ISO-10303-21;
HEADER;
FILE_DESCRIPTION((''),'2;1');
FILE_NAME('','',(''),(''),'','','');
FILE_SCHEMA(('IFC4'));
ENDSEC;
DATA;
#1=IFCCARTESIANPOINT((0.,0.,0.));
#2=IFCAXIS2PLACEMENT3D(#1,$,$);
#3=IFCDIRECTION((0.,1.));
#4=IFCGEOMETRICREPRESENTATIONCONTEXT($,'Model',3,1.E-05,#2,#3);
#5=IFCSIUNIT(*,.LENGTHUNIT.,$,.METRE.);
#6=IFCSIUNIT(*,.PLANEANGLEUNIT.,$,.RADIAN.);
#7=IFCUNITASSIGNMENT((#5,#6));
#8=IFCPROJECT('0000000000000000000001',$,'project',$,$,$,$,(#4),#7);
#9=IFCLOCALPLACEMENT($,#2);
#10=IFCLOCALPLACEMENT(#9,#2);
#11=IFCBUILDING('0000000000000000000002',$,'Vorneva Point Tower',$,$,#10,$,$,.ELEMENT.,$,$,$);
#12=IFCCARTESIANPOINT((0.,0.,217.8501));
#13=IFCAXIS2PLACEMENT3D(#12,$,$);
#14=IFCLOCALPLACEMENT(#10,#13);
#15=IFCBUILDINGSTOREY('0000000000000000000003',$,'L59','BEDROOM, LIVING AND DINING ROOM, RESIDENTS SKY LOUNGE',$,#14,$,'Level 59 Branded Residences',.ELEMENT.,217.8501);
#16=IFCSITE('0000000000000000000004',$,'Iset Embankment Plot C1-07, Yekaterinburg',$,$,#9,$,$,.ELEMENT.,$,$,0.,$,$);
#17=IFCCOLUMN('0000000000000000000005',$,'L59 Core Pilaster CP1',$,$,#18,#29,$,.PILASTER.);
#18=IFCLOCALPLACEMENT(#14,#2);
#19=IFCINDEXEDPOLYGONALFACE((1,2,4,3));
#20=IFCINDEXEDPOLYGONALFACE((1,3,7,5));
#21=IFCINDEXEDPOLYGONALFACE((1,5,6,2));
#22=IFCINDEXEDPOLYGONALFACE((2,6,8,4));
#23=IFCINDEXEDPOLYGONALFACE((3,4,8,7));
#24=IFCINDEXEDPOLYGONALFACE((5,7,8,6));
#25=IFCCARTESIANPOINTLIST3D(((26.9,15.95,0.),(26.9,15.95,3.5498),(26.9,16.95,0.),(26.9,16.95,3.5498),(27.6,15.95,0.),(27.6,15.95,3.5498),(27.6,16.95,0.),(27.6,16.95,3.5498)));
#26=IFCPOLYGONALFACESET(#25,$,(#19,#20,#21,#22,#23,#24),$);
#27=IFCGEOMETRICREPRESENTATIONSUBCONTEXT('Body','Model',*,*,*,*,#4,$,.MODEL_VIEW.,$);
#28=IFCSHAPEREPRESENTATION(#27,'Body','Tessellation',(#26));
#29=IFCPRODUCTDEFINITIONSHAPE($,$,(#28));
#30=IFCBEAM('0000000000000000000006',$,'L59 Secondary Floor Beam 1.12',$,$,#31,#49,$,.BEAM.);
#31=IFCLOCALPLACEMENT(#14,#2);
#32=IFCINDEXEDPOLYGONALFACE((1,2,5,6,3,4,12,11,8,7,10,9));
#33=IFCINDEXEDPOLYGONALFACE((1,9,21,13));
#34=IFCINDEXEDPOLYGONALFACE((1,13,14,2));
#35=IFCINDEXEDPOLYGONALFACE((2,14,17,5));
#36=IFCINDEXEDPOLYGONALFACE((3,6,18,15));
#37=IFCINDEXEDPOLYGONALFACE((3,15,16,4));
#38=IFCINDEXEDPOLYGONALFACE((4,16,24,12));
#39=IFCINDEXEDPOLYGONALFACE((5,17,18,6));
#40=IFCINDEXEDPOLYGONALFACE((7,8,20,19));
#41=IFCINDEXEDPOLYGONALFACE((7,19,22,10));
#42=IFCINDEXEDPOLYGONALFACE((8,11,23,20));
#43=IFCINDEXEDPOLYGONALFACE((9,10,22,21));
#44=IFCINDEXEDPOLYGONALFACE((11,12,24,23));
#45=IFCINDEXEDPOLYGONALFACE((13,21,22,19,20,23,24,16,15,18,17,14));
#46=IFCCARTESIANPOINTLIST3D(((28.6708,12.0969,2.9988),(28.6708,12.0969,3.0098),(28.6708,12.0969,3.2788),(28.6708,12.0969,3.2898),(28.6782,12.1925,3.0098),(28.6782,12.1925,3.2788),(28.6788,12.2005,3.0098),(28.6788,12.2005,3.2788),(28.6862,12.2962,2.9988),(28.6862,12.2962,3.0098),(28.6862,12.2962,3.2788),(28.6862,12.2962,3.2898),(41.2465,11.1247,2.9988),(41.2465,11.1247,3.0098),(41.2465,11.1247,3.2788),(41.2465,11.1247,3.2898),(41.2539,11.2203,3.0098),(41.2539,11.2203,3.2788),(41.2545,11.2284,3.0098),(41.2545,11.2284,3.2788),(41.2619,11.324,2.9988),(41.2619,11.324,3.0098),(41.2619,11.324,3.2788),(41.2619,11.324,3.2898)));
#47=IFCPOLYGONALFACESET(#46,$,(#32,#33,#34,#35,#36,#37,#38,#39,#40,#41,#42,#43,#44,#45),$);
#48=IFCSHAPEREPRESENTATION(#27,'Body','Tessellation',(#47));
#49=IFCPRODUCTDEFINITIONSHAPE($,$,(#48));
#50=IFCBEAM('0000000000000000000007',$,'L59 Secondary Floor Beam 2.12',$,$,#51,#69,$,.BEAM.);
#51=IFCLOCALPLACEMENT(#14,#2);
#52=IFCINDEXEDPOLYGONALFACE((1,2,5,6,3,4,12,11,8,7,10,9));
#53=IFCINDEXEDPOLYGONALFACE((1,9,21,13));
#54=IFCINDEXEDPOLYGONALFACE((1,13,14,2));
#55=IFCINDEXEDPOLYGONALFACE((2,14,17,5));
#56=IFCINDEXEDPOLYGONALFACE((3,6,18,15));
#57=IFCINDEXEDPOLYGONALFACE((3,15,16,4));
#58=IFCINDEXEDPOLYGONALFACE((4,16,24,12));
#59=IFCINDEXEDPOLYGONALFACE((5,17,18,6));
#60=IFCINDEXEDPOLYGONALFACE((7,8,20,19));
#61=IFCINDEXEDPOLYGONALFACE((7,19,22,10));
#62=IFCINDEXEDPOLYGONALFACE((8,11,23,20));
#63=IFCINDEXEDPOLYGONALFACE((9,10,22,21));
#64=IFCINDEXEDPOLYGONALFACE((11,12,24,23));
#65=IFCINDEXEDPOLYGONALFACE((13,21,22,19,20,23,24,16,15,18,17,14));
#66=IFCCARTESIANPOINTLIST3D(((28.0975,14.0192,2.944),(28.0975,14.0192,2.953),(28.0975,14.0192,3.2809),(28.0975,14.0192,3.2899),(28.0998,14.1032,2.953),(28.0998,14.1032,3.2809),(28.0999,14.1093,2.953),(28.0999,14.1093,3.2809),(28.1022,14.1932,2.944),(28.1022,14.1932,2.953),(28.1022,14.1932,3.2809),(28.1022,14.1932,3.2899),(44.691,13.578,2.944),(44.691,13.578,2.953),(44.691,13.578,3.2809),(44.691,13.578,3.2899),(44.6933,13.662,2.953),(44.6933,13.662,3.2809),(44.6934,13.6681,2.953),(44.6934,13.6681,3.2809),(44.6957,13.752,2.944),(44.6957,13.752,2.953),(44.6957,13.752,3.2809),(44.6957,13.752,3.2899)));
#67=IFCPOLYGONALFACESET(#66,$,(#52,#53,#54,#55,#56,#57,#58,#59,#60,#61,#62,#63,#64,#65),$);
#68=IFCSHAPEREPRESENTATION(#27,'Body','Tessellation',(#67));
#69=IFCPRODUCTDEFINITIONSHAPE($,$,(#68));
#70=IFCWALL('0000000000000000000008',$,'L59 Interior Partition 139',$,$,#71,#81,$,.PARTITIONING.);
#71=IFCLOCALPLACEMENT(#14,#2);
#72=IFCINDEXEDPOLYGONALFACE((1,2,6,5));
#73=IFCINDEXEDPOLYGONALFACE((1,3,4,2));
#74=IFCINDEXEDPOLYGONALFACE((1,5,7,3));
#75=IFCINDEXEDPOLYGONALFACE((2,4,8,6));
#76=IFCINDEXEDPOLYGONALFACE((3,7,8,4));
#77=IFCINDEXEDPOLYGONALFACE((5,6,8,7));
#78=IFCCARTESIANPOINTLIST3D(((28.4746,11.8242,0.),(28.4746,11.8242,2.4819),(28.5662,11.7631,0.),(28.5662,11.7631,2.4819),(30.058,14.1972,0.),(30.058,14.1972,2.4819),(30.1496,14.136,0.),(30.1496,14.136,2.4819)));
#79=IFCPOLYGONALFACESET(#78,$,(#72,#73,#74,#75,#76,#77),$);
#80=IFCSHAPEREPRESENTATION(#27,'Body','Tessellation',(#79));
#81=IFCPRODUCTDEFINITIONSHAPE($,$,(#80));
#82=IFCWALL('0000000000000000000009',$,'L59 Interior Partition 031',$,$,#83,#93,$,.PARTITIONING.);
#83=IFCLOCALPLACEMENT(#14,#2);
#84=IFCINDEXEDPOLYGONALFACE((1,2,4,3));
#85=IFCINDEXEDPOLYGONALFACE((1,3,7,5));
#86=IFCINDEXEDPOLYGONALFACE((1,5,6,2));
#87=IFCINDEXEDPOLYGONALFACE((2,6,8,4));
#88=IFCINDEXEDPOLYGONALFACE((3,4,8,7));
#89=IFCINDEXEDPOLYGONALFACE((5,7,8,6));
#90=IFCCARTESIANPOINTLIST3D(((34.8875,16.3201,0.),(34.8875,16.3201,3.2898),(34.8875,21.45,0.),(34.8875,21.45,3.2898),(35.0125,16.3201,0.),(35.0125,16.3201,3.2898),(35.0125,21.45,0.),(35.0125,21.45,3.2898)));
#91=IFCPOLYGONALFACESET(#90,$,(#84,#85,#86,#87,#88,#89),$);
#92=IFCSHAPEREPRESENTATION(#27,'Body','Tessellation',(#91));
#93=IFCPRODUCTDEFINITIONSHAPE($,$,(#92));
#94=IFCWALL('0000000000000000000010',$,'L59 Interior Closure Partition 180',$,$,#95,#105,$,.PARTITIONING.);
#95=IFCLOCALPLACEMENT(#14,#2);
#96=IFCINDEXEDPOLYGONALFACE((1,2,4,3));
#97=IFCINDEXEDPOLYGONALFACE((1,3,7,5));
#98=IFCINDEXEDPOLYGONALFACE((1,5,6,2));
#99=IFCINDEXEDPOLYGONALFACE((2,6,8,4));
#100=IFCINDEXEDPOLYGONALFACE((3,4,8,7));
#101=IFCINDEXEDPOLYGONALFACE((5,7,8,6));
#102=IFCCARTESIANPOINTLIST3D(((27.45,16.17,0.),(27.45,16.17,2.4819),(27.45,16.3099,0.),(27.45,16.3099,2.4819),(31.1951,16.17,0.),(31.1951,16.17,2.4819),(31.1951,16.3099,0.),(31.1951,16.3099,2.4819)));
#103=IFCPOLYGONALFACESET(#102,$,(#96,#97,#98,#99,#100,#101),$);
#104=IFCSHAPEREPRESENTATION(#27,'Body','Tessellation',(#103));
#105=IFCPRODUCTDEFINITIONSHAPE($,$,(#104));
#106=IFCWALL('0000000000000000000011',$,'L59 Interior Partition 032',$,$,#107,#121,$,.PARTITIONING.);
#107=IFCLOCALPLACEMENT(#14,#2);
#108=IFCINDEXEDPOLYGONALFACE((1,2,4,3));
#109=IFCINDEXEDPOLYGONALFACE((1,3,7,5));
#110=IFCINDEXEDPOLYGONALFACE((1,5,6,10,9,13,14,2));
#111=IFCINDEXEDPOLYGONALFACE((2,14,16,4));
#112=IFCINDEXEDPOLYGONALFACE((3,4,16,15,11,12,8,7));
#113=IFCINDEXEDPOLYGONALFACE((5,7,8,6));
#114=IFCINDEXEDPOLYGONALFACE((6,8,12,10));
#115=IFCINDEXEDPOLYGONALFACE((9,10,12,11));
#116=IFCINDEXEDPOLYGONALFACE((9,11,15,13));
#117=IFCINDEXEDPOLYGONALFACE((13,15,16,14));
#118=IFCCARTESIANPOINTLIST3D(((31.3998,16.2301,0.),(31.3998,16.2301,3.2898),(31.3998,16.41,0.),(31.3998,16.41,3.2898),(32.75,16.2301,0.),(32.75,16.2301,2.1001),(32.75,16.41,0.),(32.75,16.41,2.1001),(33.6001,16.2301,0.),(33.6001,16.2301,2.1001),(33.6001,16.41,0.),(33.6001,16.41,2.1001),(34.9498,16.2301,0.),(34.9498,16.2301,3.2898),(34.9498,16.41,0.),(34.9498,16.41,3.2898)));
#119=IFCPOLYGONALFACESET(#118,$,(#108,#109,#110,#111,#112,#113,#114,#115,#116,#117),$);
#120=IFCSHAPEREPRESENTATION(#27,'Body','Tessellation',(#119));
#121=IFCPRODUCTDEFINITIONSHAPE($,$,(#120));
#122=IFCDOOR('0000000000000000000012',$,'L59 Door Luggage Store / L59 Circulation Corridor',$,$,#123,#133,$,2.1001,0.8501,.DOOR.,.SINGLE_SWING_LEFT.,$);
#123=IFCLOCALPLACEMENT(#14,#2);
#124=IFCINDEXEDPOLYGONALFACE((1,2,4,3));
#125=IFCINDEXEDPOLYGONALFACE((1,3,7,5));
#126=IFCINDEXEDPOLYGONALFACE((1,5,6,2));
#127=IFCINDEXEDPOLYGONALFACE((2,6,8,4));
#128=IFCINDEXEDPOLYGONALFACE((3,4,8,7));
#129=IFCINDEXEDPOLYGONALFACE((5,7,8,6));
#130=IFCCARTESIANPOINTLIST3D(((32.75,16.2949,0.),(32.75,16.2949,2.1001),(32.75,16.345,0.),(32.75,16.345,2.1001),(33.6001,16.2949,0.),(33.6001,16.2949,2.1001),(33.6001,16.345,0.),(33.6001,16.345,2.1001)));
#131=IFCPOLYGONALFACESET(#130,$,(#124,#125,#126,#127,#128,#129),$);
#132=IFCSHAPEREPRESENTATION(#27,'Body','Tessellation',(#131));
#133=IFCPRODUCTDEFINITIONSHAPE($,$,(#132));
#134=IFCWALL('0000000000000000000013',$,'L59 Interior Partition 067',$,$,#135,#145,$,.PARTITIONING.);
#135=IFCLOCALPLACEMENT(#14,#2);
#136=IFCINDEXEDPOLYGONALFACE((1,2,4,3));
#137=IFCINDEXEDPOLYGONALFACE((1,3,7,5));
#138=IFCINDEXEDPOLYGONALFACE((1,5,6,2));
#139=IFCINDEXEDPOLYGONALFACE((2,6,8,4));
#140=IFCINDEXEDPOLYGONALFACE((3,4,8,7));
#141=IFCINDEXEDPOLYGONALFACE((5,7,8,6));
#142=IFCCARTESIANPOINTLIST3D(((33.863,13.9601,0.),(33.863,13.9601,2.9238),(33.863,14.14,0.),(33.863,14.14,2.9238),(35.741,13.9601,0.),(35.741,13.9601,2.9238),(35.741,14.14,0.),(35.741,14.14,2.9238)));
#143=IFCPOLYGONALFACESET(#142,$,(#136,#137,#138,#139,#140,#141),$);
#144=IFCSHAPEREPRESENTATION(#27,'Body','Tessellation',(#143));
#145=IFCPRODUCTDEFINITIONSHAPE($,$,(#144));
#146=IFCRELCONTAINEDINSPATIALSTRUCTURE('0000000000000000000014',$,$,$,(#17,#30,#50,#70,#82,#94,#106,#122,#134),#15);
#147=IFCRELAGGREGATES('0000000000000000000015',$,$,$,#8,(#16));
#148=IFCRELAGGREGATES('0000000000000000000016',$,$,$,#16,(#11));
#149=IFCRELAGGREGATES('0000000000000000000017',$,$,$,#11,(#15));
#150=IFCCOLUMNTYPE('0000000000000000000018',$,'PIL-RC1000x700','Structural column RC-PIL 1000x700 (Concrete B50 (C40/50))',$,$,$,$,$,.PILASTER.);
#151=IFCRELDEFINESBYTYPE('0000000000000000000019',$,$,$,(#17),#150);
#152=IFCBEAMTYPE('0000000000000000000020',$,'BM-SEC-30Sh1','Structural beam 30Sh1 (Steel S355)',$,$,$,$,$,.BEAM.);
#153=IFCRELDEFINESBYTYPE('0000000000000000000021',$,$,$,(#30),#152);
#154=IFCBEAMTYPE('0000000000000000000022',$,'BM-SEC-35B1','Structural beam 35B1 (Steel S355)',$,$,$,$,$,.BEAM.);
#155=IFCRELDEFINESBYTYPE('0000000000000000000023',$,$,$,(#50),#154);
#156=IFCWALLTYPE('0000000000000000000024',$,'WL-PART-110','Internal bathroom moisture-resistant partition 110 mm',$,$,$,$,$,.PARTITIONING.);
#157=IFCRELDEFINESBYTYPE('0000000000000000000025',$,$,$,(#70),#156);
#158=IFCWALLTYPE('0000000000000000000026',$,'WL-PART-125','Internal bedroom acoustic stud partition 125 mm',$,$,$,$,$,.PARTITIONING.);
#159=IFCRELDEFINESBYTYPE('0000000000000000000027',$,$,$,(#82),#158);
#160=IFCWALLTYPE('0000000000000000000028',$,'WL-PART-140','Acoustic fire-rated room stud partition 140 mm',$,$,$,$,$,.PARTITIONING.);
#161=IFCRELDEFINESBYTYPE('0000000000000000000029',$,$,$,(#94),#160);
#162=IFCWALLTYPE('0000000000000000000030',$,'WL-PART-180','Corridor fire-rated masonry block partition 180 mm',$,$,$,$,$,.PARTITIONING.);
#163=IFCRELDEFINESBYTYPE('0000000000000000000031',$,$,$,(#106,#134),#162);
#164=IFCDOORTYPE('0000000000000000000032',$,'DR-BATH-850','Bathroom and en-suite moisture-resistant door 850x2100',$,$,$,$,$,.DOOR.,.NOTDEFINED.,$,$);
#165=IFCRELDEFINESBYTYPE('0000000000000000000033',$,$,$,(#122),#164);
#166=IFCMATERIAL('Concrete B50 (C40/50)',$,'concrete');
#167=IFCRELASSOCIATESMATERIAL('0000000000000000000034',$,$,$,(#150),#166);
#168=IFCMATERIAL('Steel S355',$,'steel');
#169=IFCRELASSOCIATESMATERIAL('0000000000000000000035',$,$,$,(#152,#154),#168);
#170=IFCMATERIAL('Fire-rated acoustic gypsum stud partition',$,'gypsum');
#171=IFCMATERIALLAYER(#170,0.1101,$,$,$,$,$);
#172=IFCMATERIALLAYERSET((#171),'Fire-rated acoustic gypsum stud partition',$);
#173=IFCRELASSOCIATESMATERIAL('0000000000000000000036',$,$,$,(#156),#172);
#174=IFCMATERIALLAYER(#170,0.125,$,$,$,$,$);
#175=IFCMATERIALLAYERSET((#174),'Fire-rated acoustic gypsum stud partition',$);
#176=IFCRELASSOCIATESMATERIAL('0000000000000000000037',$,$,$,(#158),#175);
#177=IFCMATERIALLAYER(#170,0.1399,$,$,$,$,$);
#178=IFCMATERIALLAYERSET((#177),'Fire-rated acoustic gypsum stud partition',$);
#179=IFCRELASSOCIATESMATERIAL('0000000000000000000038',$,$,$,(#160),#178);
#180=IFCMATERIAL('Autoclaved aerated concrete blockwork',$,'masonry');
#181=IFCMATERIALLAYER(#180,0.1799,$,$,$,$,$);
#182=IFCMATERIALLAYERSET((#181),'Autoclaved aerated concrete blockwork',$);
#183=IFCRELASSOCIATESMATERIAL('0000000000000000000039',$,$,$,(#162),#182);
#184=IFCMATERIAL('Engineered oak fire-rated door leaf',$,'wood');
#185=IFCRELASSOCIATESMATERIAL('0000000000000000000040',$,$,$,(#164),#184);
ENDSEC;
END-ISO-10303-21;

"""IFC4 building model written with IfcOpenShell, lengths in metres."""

from ifc_helpers import new_model, si_unit, direction, frame, frame_2d, origin, origin_2d, place, context, subcontext, project, spatial, rectangle, i_section, extrude, material, layer, layer_set, material_profile, profile_set, type_object, element, fill, save


model = new_model("IFC4")

# Units and contexts
model_context = context("Model", 3, precision=1e-05, world=origin(), true_north=direction((0.0, 1.0)))
body_context = subcontext(model_context, "Body", "Model", "MODEL_VIEW")
ifc_project = project(units=[si_unit("LENGTHUNIT", "METRE"), si_unit("PLANEANGLEUNIT", "RADIAN")], contexts=[model_context])

# Site, building, storey
site_placement = place(None, origin())
site = spatial("IfcSite", under=ifc_project, at=site_placement, Name="Iset Embankment Plot C1-07, Yekaterinburg", CompositionType="ELEMENT", RefElevation=0.0)
building_placement = place(site_placement, origin())
building = spatial("IfcBuilding", under=site, at=building_placement, Name="Vorneva Point Tower", CompositionType="ELEMENT")
storey_placement = place(building_placement, frame((0.0, 0.0, 217.8501)))
storey = spatial("IfcBuildingStorey", under=building, at=storey_placement, Name="L59", Description="BEDROOM, LIVING AND DINING ROOM, RESIDENTS SKY LOUNGE", LongName="Level 59 Branded Residences", CompositionType="ELEMENT", Elevation=217.8501)

# Column
ifc_material_1 = material(Name="Concrete B50 (C40/50)", Category="concrete")
ifc_material_profile_1 = material_profile(ifc_material_1, rectangle(XDim=0.7, YDim=1.0, at=origin_2d()), Name="RC-PIL 1000x700")
ifc_profile_set_1 = profile_set([ifc_material_profile_1], Name="Concrete B50 (C40/50)")
column_type = type_object("IfcColumnType", Name="PIL-RC1000x700", Description="Structural column RC-PIL 1000x700 (Concrete B50 (C40/50))", PredefinedType="PILASTER", material=ifc_profile_set_1)
column_placement = place(storey_placement, frame((27.25, 16.45, 0.0), z_axis=(0.0, 0.0, 1.0), x_axis=(1.0, 0.0, 0.0)))
element("IfcColumn", 1, at=column_placement, inside=storey, type_object=column_type, Name="L59 Core Pilaster CP1", PredefinedType="PILASTER", context=body_context, shape_type="SweptSolid", body=[
    extrude(rectangle(XDim=0.7, YDim=1.0, at=origin_2d()), origin(), (0.0, 0.0, 1.0), 3.5498),
])

# Beams
ifc_material_2 = material(Name="Steel S355", Category="steel")
ifc_material_profile_2 = material_profile(ifc_material_2, i_section(OverallWidth=0.2, OverallDepth=0.291, WebThickness=0.0081, FlangeThickness=0.011, at=origin_2d()), Name="30Sh1")
ifc_profile_set_2 = profile_set([ifc_material_profile_2], Name="Steel S355")
beam_type_1 = type_object("IfcBeamType", Name="BM-SEC-30Sh1", Description="Structural beam 30Sh1 (Steel S355)", PredefinedType="BEAM", material=ifc_profile_set_2)
beam_1_placement = place(storey_placement, frame((28.6785, 12.1965, 3.1443), z_axis=(0.997025, -0.077075, 0.0), x_axis=(0.077075, 0.997025, 0.0)))
element("IfcBeam", 2, at=beam_1_placement, inside=storey, type_object=beam_type_1, Name="L59 Secondary Floor Beam 1.12", PredefinedType="BEAM", context=body_context, shape_type="SweptSolid", body=[
    extrude(i_section(OverallWidth=0.2, OverallDepth=0.291, WebThickness=0.0081, FlangeThickness=0.011, at=origin_2d()), origin(), (0.0, 0.0, 1.0), 12.6133),
])
ifc_material_profile_3 = material_profile(ifc_material_2, i_section(OverallWidth=0.1741, OverallDepth=0.3459, WebThickness=0.0061, FlangeThickness=0.009, at=origin_2d()), Name="35B1")
ifc_profile_set_3 = profile_set([ifc_material_profile_3], Name="Steel S355")
beam_type_2 = type_object("IfcBeamType", Name="BM-SEC-35B1", Description="Structural beam 35B1 (Steel S355)", PredefinedType="BEAM", material=ifc_profile_set_3)
beam_2_placement = place(storey_placement, frame((28.0999, 14.1062, 3.1169), z_axis=(0.999647, -0.026577, 0.0), x_axis=(0.026577, 0.999647, 0.0)))
element("IfcBeam", 3, at=beam_2_placement, inside=storey, type_object=beam_type_2, Name="L59 Secondary Floor Beam 2.12", PredefinedType="BEAM", context=body_context, shape_type="SweptSolid", body=[
    extrude(i_section(OverallWidth=0.1741, OverallDepth=0.3459, WebThickness=0.0061, FlangeThickness=0.009, at=origin_2d()), origin(), (0.0, 0.0, 1.0), 16.5994),
])

# Walls
ifc_material_3 = material(Name="Fire-rated acoustic gypsum stud partition", Category="gypsum")
ifc_layer_1 = layer(ifc_material_3, 0.1101)
ifc_layer_set_1 = layer_set([ifc_layer_1], Name="Fire-rated acoustic gypsum stud partition")
wall_type_1 = type_object("IfcWallType", Name="WL-PART-110", Description="Internal bathroom moisture-resistant partition 110 mm", PredefinedType="PARTITIONING", material=ifc_layer_set_1)
wall_1_placement = place(storey_placement, frame((30.1038, 14.1665, 0.0), z_axis=(0.0, 0.0, 1.0), x_axis=(-0.555056, -0.831813, 0.0)))
element("IfcWall", 4, at=wall_1_placement, inside=storey, type_object=wall_type_1, Name="L59 Interior Partition 139", PredefinedType="PARTITIONING", context=body_context, shape_type="SweptSolid", body=[
    extrude(rectangle(XDim=2.8528, YDim=0.1101, at=frame_2d((1.4263, 0.0))), origin(), (0.0, 0.0, 1.0), 2.4819),
])
ifc_layer_2 = layer(ifc_material_3, 0.125)
ifc_layer_set_2 = layer_set([ifc_layer_2], Name="Fire-rated acoustic gypsum stud partition")
wall_type_2 = type_object("IfcWallType", Name="WL-PART-125", Description="Internal bedroom acoustic stud partition 125 mm", PredefinedType="PARTITIONING", material=ifc_layer_set_2)
wall_2_placement = place(storey_placement, frame((34.95, 16.3201, 0.0), z_axis=(0.0, 0.0, 1.0), x_axis=(0.0, 1.0, 0.0)))
element("IfcWall", 5, at=wall_2_placement, inside=storey, type_object=wall_type_2, Name="L59 Interior Partition 031", PredefinedType="PARTITIONING", context=body_context, shape_type="SweptSolid", body=[
    extrude(rectangle(XDim=5.1299, YDim=0.125, at=frame_2d((2.5649, 0.0))), origin(), (0.0, 0.0, 1.0), 3.2898),
])
ifc_layer_3 = layer(ifc_material_3, 0.1399)
ifc_layer_set_3 = layer_set([ifc_layer_3], Name="Fire-rated acoustic gypsum stud partition")
wall_type_3 = type_object("IfcWallType", Name="WL-PART-140", Description="Acoustic fire-rated room stud partition 140 mm", PredefinedType="PARTITIONING", material=ifc_layer_set_3)
wall_3_placement = place(storey_placement, frame((27.45, 16.24, 0.0), z_axis=(0.0, 0.0, 1.0), x_axis=(1.0, 0.0, 0.0)))
element("IfcWall", 6, at=wall_3_placement, inside=storey, type_object=wall_type_3, Name="L59 Interior Closure Partition 180", PredefinedType="PARTITIONING", context=body_context, shape_type="SweptSolid", body=[
    extrude(rectangle(XDim=3.7451, YDim=0.1399, at=frame_2d((1.8726, 0.0))), origin(), (0.0, 0.0, 1.0), 2.4819),
])

# Wall, opening, door
ifc_material_4 = material(Name="Autoclaved aerated concrete blockwork", Category="masonry")
ifc_layer_4 = layer(ifc_material_4, 0.1799)
ifc_layer_set_4 = layer_set([ifc_layer_4], Name="Autoclaved aerated concrete blockwork")
wall_type_4 = type_object("IfcWallType", Name="WL-PART-180", Description="Corridor fire-rated masonry block partition 180 mm", PredefinedType="PARTITIONING", material=ifc_layer_set_4)
wall_4_placement = place(storey_placement, frame((31.3999, 16.3201, 0.0), z_axis=(0.0, 0.0, 1.0), x_axis=(1.0, 0.0, 0.0)))
wall_4 = element("IfcWall", 7, at=wall_4_placement, inside=storey, type_object=wall_type_4, Name="L59 Interior Partition 032", PredefinedType="PARTITIONING", context=body_context, shape_type="SweptSolid", body=[
    extrude(rectangle(XDim=3.55, YDim=0.1799, at=frame_2d((1.7749, 0.0))), origin(), (0.0, 0.0, 1.0), 3.2898),
])
opening_1_placement = place(wall_4_placement, frame((1.3501, 0.0, 0.0)))
opening_1 = element("IfcOpeningElement", 8, at=opening_1_placement, cuts=wall_4, PredefinedType="OPENING", context=body_context, shape_type="SweptSolid", body=[
    extrude(rectangle(XDim=0.8501, YDim=2.1001, at=frame_2d((0.425, 1.05))), frame((0.0, 0.105, 0.0), z_axis=(0.0, -1.0, 0.0), x_axis=(1.0, 0.0, 0.0)), (0.0, 0.0, 1.0), 0.2097),
])
ifc_material_5 = material(Name="Engineered oak fire-rated door leaf", Category="wood")
door_type_1 = type_object("IfcDoorType", Name="DR-BATH-850", Description="Bathroom and en-suite moisture-resistant door 850x2100", OperationType="NOTDEFINED", PredefinedType="DOOR", material=ifc_material_5)
door_1_placement = place(opening_1_placement, origin())
door_1 = element("IfcDoor", 9, at=door_1_placement, inside=storey, type_object=door_type_1, Name="L59 Door Luggage Store / L59 Circulation Corridor", OperationType="SINGLE_SWING_LEFT", OverallHeight=2.1001, OverallWidth=0.8501, PredefinedType="DOOR", context=body_context, shape_type="SweptSolid", body=[
    extrude(rectangle(XDim=0.8501, YDim=2.1001, at=frame_2d((0.425, 1.05))), frame((0.0, 0.0249, 0.0), z_axis=(0.0, -1.0, 0.0), x_axis=(1.0, 0.0, 0.0)), (0.0, 0.0, 1.0), 0.05),
])
fill(opening_1, door_1)

# Wall
wall_5_placement = place(storey_placement, frame((33.863, 14.05, 0.0), z_axis=(0.0, 0.0, 1.0), x_axis=(1.0, 0.0, 0.0)))
element("IfcWall", 10, at=wall_5_placement, inside=storey, type_object=wall_type_4, Name="L59 Interior Partition 067", PredefinedType="PARTITIONING", context=body_context, shape_type="SweptSolid", body=[
    extrude(rectangle(XDim=1.8779, YDim=0.1799, at=frame_2d((0.939, 0.0))), origin(), (0.0, 0.0, 1.0), 2.9238),
])

save(model, "model.ifc")
